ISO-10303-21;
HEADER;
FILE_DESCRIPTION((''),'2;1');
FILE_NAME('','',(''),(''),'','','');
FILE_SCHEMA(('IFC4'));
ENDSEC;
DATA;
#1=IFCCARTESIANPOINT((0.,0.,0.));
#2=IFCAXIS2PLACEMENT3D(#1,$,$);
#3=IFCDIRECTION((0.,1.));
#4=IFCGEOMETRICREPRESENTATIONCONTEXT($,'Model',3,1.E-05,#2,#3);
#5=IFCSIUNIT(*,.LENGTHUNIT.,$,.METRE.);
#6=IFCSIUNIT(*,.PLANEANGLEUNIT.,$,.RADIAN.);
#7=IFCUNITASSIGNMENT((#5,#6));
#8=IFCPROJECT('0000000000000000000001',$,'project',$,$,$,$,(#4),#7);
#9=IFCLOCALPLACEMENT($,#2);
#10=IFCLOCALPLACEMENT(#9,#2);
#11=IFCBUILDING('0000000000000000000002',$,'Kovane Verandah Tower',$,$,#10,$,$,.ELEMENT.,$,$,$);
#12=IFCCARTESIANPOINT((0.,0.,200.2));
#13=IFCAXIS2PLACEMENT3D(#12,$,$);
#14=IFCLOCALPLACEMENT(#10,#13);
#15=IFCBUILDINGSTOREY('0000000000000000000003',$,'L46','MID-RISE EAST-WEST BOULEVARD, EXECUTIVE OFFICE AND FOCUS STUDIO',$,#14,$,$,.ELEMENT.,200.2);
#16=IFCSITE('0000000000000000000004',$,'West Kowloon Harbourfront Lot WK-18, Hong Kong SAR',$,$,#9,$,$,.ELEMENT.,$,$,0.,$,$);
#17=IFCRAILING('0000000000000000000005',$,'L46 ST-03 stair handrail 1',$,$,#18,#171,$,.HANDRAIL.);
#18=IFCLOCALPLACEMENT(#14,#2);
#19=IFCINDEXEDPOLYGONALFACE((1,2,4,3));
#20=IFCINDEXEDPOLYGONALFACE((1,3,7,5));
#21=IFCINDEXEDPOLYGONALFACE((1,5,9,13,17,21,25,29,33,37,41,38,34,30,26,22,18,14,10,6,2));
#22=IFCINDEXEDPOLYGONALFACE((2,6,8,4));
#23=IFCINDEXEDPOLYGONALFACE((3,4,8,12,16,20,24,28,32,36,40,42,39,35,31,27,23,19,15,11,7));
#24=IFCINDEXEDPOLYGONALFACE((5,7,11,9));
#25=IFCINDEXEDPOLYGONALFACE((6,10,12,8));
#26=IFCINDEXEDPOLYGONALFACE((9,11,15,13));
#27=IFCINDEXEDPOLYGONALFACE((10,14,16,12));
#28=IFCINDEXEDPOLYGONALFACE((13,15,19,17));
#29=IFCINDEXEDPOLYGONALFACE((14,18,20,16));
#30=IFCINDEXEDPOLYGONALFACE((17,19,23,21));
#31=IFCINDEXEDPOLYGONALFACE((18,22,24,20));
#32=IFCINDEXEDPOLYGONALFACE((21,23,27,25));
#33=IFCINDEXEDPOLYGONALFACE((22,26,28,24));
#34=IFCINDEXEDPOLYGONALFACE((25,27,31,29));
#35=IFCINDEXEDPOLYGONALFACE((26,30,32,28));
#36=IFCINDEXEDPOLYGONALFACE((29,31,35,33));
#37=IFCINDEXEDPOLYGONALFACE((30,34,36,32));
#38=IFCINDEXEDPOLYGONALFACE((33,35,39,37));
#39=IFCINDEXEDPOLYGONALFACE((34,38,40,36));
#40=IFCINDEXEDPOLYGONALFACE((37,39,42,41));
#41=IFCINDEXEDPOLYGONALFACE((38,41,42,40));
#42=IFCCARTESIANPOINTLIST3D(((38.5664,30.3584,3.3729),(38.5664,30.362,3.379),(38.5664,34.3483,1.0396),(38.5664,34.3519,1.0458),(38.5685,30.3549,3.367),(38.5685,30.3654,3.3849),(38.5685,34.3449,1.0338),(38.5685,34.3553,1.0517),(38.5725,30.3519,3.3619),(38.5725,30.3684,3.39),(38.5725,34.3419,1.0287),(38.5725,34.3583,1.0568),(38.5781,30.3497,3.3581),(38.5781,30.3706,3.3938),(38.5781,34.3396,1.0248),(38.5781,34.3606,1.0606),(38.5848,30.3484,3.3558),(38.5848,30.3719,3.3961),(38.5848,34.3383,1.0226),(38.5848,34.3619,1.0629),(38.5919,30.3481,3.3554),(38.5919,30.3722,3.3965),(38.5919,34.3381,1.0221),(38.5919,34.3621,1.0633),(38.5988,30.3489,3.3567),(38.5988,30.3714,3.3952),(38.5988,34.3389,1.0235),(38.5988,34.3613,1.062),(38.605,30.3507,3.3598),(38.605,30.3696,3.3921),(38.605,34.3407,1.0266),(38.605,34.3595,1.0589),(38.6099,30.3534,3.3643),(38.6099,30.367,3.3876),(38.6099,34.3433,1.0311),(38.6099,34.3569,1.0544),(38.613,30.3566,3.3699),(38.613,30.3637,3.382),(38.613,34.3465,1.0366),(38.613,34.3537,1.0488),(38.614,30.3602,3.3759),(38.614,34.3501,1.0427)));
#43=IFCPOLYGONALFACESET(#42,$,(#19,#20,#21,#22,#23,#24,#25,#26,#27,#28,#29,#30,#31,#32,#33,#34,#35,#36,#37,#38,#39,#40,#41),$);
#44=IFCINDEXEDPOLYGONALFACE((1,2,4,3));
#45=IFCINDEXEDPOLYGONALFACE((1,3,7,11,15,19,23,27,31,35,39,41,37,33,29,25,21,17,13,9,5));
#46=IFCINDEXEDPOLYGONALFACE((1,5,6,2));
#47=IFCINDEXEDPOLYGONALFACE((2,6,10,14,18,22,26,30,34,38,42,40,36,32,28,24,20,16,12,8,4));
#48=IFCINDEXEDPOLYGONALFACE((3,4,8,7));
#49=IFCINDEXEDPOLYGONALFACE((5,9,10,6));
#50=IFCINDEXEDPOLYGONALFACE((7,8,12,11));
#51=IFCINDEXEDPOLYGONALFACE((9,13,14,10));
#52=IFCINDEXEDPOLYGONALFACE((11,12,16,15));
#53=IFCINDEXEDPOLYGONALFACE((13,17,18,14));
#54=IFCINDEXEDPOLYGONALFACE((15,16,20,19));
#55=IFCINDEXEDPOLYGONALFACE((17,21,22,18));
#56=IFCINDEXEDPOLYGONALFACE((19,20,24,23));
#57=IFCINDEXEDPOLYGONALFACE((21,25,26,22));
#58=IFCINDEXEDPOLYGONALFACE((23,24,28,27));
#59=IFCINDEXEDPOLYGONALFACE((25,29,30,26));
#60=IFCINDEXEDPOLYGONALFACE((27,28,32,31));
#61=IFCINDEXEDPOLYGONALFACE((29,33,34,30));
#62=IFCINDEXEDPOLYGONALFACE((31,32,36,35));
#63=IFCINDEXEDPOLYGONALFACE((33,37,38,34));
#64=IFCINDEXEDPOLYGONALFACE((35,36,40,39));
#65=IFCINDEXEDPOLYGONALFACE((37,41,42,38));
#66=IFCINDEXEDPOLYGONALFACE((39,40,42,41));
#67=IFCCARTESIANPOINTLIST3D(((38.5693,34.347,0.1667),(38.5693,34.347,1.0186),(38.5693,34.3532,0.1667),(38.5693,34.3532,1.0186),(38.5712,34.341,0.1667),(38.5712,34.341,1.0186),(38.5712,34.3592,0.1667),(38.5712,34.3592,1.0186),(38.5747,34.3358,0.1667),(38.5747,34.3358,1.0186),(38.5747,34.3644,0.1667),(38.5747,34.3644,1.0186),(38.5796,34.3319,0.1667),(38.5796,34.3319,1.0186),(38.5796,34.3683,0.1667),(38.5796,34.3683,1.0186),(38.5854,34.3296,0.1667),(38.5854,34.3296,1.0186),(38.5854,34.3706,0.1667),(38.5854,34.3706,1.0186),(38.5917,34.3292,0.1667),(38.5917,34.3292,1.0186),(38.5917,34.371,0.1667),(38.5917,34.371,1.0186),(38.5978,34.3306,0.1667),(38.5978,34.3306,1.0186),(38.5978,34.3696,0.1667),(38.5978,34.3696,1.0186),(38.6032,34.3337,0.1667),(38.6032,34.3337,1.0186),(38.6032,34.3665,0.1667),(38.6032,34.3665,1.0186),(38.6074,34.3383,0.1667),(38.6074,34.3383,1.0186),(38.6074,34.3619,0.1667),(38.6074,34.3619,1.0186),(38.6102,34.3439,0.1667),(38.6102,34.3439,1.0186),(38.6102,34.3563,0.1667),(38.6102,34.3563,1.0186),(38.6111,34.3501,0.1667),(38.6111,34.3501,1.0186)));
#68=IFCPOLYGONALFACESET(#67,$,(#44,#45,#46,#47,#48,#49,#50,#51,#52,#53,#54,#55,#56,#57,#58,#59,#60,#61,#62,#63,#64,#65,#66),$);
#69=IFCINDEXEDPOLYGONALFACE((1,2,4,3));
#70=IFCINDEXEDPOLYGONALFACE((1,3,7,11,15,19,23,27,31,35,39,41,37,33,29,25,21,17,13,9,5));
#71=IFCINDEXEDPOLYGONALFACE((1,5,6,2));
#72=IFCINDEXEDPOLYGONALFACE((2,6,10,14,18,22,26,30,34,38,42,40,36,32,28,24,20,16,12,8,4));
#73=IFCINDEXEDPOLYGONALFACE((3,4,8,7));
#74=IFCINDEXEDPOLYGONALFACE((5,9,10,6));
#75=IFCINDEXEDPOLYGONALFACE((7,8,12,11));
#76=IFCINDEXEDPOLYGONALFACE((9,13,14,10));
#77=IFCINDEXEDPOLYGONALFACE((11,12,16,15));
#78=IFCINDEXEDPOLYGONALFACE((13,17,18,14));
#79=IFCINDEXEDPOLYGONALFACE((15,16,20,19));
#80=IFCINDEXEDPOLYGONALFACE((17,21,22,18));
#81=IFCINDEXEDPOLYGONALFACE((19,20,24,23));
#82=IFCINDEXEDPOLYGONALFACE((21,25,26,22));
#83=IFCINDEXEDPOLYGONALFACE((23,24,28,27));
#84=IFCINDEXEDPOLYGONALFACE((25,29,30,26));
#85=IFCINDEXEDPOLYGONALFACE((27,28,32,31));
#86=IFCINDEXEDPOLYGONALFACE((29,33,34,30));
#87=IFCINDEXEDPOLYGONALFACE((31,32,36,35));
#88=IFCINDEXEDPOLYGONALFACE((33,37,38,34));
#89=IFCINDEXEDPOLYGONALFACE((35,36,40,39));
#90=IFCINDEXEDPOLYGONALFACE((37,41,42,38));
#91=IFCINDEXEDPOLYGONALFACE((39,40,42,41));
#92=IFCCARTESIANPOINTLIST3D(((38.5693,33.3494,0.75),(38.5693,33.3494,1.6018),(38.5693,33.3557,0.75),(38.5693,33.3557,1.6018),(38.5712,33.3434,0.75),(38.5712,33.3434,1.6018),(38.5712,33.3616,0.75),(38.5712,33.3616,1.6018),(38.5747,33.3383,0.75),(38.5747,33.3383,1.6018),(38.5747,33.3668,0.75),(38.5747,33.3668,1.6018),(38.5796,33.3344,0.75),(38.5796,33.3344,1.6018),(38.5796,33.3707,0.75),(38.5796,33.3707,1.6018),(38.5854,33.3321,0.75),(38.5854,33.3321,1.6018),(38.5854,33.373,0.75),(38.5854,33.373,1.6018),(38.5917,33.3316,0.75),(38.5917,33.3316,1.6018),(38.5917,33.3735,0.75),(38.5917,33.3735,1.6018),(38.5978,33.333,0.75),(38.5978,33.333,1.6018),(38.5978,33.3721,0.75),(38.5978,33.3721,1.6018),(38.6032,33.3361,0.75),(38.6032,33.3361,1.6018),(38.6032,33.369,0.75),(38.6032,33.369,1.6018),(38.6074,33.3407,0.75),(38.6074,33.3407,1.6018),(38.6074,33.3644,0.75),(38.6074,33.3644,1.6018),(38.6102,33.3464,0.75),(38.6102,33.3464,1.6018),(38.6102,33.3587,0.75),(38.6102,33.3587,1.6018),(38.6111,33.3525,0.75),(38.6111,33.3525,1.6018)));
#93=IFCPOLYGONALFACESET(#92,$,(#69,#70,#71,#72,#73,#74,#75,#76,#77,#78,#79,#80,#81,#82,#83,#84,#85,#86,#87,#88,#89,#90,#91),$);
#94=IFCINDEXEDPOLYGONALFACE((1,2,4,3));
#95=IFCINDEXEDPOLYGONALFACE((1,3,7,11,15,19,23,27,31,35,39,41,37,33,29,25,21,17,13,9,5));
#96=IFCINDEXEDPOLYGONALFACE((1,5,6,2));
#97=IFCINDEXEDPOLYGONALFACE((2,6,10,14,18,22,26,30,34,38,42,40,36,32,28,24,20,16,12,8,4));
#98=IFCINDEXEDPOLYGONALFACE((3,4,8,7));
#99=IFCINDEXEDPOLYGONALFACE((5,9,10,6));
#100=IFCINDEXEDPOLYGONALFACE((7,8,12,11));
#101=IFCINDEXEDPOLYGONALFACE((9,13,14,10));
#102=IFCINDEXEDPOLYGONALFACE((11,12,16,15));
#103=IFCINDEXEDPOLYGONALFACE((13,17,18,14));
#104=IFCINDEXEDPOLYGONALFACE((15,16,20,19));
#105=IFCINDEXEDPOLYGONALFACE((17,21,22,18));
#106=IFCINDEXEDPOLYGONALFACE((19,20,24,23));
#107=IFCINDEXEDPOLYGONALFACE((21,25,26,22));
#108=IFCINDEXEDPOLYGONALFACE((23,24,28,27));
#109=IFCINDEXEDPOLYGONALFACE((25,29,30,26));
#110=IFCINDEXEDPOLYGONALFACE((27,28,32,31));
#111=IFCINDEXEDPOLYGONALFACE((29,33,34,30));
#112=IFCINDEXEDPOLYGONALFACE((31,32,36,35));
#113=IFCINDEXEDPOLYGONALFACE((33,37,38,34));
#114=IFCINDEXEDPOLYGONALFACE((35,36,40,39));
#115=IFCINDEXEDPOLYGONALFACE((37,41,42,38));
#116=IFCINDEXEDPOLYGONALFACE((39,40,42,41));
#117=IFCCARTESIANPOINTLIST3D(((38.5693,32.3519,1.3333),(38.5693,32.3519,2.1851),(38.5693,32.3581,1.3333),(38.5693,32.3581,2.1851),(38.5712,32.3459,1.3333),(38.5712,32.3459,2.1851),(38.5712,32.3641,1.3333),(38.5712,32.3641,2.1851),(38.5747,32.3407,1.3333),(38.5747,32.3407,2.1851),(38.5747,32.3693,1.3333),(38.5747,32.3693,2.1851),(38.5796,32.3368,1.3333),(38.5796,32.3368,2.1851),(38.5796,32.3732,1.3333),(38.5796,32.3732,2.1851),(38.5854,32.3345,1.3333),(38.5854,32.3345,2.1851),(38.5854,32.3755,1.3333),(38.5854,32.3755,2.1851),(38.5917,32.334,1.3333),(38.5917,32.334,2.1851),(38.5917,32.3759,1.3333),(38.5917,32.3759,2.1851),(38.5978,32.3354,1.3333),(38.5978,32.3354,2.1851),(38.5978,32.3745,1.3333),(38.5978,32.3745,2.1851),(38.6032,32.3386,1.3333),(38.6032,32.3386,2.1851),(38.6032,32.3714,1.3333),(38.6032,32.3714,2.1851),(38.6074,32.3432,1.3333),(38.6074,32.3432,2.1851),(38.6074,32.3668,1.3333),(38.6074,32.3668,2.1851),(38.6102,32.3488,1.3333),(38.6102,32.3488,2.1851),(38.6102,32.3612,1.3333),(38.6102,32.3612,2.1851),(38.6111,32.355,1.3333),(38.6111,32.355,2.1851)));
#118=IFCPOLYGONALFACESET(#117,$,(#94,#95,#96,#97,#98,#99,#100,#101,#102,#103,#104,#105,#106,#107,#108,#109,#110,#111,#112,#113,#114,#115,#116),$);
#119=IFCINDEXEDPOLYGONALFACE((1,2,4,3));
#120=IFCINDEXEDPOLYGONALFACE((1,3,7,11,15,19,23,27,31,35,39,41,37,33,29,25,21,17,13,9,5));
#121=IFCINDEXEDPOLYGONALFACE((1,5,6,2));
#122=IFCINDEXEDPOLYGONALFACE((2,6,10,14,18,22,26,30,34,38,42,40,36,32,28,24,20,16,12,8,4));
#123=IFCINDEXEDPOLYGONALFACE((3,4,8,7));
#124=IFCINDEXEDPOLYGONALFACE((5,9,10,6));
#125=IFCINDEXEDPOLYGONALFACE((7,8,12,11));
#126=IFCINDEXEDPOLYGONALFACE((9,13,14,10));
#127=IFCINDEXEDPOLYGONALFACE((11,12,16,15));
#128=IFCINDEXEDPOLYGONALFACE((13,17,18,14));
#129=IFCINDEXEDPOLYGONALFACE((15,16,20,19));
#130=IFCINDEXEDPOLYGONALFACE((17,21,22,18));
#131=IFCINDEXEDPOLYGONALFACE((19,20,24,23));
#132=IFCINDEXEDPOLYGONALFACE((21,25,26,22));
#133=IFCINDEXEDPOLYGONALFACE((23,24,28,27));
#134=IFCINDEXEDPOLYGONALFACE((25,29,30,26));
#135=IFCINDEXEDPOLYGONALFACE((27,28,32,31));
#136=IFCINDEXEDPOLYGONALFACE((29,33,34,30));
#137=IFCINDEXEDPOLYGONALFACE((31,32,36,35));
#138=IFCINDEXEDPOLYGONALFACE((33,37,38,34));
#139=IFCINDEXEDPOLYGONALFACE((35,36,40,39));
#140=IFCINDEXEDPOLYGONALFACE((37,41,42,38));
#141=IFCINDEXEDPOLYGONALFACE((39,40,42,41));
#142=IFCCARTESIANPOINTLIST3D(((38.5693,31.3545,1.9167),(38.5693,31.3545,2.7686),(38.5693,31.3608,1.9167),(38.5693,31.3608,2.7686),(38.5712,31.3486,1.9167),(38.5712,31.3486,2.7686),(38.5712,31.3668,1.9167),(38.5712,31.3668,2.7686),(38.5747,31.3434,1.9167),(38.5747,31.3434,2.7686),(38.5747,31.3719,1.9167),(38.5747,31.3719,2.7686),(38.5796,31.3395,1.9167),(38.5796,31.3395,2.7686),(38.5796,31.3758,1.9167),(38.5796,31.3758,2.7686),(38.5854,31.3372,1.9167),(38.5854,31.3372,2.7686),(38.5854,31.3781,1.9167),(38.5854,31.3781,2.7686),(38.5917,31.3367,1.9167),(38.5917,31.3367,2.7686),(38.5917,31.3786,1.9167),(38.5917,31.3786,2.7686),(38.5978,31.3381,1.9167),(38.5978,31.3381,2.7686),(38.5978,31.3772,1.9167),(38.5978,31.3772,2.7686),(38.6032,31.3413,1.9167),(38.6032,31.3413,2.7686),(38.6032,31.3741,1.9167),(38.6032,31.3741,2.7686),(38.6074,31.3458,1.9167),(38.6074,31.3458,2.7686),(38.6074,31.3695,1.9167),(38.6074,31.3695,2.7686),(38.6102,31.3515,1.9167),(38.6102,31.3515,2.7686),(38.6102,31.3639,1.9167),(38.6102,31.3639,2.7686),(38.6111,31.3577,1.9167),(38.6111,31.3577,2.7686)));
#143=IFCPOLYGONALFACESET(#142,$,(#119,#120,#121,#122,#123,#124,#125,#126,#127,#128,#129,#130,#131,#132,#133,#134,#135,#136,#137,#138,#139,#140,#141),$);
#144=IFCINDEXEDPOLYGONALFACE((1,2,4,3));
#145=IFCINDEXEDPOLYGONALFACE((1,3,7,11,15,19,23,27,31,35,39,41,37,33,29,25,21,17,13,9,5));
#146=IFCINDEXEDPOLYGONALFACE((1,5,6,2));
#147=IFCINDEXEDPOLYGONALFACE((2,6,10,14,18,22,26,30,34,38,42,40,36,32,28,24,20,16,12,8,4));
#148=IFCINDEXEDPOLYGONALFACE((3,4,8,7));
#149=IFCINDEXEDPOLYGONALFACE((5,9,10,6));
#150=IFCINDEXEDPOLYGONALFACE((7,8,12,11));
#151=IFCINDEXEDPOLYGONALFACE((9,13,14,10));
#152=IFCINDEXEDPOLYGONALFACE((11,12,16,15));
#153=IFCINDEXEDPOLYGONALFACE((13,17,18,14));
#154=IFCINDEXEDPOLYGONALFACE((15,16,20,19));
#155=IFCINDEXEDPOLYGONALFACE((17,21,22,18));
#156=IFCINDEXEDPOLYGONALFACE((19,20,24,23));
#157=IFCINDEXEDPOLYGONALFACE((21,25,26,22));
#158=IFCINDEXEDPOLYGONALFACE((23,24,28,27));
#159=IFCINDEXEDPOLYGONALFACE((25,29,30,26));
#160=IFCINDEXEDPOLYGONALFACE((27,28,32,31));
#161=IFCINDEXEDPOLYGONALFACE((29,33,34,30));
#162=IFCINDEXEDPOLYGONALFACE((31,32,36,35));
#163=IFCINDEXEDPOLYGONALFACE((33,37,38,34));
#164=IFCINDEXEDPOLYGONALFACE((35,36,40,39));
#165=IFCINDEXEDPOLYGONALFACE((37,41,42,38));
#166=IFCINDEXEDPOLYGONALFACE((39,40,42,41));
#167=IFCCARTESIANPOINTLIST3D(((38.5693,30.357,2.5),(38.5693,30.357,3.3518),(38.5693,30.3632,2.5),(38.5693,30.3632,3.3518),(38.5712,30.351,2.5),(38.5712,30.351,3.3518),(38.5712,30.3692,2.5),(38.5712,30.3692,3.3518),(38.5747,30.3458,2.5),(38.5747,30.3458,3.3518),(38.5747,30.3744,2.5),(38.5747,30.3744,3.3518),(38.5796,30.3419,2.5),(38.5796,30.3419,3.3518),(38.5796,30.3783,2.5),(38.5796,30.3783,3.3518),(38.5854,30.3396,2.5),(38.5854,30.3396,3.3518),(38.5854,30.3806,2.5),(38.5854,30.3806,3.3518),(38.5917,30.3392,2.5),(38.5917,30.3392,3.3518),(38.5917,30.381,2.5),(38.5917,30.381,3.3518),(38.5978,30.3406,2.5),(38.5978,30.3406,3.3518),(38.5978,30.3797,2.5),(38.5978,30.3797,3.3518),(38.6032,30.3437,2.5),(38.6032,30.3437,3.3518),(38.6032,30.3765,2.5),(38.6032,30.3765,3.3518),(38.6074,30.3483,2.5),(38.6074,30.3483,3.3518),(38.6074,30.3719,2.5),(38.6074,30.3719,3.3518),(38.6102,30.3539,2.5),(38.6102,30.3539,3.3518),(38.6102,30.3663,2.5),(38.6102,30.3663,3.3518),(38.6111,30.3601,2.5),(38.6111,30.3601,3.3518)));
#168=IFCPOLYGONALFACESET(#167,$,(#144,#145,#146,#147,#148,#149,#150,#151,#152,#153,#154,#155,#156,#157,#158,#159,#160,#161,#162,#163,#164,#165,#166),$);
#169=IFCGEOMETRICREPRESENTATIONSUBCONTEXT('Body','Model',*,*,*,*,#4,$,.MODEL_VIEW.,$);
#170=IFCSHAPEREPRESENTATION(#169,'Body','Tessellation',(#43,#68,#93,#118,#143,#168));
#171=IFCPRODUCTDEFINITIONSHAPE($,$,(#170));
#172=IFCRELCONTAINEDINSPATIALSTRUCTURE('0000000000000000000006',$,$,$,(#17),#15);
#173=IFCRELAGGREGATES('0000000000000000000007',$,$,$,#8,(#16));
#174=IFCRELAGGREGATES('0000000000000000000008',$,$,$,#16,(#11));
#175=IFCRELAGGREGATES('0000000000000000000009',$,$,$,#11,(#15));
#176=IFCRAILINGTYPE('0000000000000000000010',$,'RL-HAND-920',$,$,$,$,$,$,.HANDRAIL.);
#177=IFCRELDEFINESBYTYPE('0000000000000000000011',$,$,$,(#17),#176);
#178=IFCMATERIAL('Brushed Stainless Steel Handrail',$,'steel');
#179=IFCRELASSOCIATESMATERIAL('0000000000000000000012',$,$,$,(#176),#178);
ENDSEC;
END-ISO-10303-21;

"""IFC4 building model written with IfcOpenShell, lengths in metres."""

from ifc_helpers import new_model, si_unit, direction, frame, origin, origin_2d, place, context, subcontext, project, spatial, circle, extrude, material, type_object, element, save


model = new_model("IFC4")

# Units and contexts
model_context = context("Model", 3, precision=1e-05, world=origin(), true_north=direction((0.0, 1.0)))
body_context = subcontext(model_context, "Body", "Model", "MODEL_VIEW")
ifc_project = project(units=[si_unit("LENGTHUNIT", "METRE"), si_unit("PLANEANGLEUNIT", "RADIAN")], contexts=[model_context])

# Site, building, storey
site_placement = place(None, origin())
site = spatial("IfcSite", under=ifc_project, at=site_placement, Name="West Kowloon Harbourfront Lot WK-18, Hong Kong SAR", CompositionType="ELEMENT", RefElevation=0.0)
building_placement = place(site_placement, origin())
building = spatial("IfcBuilding", under=site, at=building_placement, Name="Kovane Verandah Tower", CompositionType="ELEMENT")
storey_placement = place(building_placement, frame((0.0, 0.0, 200.2)))
storey = spatial("IfcBuildingStorey", under=building, at=storey_placement, Name="L46", Description="MID-RISE EAST-WEST BOULEVARD, EXECUTIVE OFFICE AND FOCUS STUDIO", CompositionType="ELEMENT", Elevation=200.2)

# Railing
ifc_material_1 = material(Name="Brushed Stainless Steel Handrail", Category="steel")
railing_type_1 = type_object("IfcRailingType", Name="RL-HAND-920", PredefinedType="HANDRAIL", material=ifc_material_1)
railing_1_placement = place(storey_placement, frame((38.5901, 34.3501, 0.1667)))
element("IfcRailing", 1, at=railing_1_placement, inside=storey, type_object=railing_type_1, Name="L46 ST-03 stair handrail 1", PredefinedType="HANDRAIL", context=body_context, shape_type="SweptSolid", body=[
    extrude(circle(Radius=0.0239, at=origin_2d()), frame((0.0, 0.0, 0.876), z_axis=(0.0, -0.863236, 0.5048), x_axis=(1.0, 0.0, 0.0)), (0.0, 0.0, 1.0), 4.6221),
    extrude(circle(Radius=0.021, at=origin_2d()), origin(), (0.0, 0.0, 1.0), 0.8518),
    extrude(circle(Radius=0.021, at=origin_2d()), frame((0.0, -0.9976, 0.5833)), (0.0, 0.0, 1.0), 0.8518),
    extrude(circle(Radius=0.021, at=origin_2d()), frame((0.0, -1.9951, 1.1665)), (0.0, 0.0, 1.0), 0.8518),
    extrude(circle(Radius=0.021, at=origin_2d()), frame((0.0, -2.9924, 1.75)), (0.0, 0.0, 1.0), 0.8518),
    extrude(circle(Radius=0.021, at=origin_2d()), frame((0.0, -3.99, 2.3333)), (0.0, 0.0, 1.0), 0.8518),
])

save(model, "model.ifc")
